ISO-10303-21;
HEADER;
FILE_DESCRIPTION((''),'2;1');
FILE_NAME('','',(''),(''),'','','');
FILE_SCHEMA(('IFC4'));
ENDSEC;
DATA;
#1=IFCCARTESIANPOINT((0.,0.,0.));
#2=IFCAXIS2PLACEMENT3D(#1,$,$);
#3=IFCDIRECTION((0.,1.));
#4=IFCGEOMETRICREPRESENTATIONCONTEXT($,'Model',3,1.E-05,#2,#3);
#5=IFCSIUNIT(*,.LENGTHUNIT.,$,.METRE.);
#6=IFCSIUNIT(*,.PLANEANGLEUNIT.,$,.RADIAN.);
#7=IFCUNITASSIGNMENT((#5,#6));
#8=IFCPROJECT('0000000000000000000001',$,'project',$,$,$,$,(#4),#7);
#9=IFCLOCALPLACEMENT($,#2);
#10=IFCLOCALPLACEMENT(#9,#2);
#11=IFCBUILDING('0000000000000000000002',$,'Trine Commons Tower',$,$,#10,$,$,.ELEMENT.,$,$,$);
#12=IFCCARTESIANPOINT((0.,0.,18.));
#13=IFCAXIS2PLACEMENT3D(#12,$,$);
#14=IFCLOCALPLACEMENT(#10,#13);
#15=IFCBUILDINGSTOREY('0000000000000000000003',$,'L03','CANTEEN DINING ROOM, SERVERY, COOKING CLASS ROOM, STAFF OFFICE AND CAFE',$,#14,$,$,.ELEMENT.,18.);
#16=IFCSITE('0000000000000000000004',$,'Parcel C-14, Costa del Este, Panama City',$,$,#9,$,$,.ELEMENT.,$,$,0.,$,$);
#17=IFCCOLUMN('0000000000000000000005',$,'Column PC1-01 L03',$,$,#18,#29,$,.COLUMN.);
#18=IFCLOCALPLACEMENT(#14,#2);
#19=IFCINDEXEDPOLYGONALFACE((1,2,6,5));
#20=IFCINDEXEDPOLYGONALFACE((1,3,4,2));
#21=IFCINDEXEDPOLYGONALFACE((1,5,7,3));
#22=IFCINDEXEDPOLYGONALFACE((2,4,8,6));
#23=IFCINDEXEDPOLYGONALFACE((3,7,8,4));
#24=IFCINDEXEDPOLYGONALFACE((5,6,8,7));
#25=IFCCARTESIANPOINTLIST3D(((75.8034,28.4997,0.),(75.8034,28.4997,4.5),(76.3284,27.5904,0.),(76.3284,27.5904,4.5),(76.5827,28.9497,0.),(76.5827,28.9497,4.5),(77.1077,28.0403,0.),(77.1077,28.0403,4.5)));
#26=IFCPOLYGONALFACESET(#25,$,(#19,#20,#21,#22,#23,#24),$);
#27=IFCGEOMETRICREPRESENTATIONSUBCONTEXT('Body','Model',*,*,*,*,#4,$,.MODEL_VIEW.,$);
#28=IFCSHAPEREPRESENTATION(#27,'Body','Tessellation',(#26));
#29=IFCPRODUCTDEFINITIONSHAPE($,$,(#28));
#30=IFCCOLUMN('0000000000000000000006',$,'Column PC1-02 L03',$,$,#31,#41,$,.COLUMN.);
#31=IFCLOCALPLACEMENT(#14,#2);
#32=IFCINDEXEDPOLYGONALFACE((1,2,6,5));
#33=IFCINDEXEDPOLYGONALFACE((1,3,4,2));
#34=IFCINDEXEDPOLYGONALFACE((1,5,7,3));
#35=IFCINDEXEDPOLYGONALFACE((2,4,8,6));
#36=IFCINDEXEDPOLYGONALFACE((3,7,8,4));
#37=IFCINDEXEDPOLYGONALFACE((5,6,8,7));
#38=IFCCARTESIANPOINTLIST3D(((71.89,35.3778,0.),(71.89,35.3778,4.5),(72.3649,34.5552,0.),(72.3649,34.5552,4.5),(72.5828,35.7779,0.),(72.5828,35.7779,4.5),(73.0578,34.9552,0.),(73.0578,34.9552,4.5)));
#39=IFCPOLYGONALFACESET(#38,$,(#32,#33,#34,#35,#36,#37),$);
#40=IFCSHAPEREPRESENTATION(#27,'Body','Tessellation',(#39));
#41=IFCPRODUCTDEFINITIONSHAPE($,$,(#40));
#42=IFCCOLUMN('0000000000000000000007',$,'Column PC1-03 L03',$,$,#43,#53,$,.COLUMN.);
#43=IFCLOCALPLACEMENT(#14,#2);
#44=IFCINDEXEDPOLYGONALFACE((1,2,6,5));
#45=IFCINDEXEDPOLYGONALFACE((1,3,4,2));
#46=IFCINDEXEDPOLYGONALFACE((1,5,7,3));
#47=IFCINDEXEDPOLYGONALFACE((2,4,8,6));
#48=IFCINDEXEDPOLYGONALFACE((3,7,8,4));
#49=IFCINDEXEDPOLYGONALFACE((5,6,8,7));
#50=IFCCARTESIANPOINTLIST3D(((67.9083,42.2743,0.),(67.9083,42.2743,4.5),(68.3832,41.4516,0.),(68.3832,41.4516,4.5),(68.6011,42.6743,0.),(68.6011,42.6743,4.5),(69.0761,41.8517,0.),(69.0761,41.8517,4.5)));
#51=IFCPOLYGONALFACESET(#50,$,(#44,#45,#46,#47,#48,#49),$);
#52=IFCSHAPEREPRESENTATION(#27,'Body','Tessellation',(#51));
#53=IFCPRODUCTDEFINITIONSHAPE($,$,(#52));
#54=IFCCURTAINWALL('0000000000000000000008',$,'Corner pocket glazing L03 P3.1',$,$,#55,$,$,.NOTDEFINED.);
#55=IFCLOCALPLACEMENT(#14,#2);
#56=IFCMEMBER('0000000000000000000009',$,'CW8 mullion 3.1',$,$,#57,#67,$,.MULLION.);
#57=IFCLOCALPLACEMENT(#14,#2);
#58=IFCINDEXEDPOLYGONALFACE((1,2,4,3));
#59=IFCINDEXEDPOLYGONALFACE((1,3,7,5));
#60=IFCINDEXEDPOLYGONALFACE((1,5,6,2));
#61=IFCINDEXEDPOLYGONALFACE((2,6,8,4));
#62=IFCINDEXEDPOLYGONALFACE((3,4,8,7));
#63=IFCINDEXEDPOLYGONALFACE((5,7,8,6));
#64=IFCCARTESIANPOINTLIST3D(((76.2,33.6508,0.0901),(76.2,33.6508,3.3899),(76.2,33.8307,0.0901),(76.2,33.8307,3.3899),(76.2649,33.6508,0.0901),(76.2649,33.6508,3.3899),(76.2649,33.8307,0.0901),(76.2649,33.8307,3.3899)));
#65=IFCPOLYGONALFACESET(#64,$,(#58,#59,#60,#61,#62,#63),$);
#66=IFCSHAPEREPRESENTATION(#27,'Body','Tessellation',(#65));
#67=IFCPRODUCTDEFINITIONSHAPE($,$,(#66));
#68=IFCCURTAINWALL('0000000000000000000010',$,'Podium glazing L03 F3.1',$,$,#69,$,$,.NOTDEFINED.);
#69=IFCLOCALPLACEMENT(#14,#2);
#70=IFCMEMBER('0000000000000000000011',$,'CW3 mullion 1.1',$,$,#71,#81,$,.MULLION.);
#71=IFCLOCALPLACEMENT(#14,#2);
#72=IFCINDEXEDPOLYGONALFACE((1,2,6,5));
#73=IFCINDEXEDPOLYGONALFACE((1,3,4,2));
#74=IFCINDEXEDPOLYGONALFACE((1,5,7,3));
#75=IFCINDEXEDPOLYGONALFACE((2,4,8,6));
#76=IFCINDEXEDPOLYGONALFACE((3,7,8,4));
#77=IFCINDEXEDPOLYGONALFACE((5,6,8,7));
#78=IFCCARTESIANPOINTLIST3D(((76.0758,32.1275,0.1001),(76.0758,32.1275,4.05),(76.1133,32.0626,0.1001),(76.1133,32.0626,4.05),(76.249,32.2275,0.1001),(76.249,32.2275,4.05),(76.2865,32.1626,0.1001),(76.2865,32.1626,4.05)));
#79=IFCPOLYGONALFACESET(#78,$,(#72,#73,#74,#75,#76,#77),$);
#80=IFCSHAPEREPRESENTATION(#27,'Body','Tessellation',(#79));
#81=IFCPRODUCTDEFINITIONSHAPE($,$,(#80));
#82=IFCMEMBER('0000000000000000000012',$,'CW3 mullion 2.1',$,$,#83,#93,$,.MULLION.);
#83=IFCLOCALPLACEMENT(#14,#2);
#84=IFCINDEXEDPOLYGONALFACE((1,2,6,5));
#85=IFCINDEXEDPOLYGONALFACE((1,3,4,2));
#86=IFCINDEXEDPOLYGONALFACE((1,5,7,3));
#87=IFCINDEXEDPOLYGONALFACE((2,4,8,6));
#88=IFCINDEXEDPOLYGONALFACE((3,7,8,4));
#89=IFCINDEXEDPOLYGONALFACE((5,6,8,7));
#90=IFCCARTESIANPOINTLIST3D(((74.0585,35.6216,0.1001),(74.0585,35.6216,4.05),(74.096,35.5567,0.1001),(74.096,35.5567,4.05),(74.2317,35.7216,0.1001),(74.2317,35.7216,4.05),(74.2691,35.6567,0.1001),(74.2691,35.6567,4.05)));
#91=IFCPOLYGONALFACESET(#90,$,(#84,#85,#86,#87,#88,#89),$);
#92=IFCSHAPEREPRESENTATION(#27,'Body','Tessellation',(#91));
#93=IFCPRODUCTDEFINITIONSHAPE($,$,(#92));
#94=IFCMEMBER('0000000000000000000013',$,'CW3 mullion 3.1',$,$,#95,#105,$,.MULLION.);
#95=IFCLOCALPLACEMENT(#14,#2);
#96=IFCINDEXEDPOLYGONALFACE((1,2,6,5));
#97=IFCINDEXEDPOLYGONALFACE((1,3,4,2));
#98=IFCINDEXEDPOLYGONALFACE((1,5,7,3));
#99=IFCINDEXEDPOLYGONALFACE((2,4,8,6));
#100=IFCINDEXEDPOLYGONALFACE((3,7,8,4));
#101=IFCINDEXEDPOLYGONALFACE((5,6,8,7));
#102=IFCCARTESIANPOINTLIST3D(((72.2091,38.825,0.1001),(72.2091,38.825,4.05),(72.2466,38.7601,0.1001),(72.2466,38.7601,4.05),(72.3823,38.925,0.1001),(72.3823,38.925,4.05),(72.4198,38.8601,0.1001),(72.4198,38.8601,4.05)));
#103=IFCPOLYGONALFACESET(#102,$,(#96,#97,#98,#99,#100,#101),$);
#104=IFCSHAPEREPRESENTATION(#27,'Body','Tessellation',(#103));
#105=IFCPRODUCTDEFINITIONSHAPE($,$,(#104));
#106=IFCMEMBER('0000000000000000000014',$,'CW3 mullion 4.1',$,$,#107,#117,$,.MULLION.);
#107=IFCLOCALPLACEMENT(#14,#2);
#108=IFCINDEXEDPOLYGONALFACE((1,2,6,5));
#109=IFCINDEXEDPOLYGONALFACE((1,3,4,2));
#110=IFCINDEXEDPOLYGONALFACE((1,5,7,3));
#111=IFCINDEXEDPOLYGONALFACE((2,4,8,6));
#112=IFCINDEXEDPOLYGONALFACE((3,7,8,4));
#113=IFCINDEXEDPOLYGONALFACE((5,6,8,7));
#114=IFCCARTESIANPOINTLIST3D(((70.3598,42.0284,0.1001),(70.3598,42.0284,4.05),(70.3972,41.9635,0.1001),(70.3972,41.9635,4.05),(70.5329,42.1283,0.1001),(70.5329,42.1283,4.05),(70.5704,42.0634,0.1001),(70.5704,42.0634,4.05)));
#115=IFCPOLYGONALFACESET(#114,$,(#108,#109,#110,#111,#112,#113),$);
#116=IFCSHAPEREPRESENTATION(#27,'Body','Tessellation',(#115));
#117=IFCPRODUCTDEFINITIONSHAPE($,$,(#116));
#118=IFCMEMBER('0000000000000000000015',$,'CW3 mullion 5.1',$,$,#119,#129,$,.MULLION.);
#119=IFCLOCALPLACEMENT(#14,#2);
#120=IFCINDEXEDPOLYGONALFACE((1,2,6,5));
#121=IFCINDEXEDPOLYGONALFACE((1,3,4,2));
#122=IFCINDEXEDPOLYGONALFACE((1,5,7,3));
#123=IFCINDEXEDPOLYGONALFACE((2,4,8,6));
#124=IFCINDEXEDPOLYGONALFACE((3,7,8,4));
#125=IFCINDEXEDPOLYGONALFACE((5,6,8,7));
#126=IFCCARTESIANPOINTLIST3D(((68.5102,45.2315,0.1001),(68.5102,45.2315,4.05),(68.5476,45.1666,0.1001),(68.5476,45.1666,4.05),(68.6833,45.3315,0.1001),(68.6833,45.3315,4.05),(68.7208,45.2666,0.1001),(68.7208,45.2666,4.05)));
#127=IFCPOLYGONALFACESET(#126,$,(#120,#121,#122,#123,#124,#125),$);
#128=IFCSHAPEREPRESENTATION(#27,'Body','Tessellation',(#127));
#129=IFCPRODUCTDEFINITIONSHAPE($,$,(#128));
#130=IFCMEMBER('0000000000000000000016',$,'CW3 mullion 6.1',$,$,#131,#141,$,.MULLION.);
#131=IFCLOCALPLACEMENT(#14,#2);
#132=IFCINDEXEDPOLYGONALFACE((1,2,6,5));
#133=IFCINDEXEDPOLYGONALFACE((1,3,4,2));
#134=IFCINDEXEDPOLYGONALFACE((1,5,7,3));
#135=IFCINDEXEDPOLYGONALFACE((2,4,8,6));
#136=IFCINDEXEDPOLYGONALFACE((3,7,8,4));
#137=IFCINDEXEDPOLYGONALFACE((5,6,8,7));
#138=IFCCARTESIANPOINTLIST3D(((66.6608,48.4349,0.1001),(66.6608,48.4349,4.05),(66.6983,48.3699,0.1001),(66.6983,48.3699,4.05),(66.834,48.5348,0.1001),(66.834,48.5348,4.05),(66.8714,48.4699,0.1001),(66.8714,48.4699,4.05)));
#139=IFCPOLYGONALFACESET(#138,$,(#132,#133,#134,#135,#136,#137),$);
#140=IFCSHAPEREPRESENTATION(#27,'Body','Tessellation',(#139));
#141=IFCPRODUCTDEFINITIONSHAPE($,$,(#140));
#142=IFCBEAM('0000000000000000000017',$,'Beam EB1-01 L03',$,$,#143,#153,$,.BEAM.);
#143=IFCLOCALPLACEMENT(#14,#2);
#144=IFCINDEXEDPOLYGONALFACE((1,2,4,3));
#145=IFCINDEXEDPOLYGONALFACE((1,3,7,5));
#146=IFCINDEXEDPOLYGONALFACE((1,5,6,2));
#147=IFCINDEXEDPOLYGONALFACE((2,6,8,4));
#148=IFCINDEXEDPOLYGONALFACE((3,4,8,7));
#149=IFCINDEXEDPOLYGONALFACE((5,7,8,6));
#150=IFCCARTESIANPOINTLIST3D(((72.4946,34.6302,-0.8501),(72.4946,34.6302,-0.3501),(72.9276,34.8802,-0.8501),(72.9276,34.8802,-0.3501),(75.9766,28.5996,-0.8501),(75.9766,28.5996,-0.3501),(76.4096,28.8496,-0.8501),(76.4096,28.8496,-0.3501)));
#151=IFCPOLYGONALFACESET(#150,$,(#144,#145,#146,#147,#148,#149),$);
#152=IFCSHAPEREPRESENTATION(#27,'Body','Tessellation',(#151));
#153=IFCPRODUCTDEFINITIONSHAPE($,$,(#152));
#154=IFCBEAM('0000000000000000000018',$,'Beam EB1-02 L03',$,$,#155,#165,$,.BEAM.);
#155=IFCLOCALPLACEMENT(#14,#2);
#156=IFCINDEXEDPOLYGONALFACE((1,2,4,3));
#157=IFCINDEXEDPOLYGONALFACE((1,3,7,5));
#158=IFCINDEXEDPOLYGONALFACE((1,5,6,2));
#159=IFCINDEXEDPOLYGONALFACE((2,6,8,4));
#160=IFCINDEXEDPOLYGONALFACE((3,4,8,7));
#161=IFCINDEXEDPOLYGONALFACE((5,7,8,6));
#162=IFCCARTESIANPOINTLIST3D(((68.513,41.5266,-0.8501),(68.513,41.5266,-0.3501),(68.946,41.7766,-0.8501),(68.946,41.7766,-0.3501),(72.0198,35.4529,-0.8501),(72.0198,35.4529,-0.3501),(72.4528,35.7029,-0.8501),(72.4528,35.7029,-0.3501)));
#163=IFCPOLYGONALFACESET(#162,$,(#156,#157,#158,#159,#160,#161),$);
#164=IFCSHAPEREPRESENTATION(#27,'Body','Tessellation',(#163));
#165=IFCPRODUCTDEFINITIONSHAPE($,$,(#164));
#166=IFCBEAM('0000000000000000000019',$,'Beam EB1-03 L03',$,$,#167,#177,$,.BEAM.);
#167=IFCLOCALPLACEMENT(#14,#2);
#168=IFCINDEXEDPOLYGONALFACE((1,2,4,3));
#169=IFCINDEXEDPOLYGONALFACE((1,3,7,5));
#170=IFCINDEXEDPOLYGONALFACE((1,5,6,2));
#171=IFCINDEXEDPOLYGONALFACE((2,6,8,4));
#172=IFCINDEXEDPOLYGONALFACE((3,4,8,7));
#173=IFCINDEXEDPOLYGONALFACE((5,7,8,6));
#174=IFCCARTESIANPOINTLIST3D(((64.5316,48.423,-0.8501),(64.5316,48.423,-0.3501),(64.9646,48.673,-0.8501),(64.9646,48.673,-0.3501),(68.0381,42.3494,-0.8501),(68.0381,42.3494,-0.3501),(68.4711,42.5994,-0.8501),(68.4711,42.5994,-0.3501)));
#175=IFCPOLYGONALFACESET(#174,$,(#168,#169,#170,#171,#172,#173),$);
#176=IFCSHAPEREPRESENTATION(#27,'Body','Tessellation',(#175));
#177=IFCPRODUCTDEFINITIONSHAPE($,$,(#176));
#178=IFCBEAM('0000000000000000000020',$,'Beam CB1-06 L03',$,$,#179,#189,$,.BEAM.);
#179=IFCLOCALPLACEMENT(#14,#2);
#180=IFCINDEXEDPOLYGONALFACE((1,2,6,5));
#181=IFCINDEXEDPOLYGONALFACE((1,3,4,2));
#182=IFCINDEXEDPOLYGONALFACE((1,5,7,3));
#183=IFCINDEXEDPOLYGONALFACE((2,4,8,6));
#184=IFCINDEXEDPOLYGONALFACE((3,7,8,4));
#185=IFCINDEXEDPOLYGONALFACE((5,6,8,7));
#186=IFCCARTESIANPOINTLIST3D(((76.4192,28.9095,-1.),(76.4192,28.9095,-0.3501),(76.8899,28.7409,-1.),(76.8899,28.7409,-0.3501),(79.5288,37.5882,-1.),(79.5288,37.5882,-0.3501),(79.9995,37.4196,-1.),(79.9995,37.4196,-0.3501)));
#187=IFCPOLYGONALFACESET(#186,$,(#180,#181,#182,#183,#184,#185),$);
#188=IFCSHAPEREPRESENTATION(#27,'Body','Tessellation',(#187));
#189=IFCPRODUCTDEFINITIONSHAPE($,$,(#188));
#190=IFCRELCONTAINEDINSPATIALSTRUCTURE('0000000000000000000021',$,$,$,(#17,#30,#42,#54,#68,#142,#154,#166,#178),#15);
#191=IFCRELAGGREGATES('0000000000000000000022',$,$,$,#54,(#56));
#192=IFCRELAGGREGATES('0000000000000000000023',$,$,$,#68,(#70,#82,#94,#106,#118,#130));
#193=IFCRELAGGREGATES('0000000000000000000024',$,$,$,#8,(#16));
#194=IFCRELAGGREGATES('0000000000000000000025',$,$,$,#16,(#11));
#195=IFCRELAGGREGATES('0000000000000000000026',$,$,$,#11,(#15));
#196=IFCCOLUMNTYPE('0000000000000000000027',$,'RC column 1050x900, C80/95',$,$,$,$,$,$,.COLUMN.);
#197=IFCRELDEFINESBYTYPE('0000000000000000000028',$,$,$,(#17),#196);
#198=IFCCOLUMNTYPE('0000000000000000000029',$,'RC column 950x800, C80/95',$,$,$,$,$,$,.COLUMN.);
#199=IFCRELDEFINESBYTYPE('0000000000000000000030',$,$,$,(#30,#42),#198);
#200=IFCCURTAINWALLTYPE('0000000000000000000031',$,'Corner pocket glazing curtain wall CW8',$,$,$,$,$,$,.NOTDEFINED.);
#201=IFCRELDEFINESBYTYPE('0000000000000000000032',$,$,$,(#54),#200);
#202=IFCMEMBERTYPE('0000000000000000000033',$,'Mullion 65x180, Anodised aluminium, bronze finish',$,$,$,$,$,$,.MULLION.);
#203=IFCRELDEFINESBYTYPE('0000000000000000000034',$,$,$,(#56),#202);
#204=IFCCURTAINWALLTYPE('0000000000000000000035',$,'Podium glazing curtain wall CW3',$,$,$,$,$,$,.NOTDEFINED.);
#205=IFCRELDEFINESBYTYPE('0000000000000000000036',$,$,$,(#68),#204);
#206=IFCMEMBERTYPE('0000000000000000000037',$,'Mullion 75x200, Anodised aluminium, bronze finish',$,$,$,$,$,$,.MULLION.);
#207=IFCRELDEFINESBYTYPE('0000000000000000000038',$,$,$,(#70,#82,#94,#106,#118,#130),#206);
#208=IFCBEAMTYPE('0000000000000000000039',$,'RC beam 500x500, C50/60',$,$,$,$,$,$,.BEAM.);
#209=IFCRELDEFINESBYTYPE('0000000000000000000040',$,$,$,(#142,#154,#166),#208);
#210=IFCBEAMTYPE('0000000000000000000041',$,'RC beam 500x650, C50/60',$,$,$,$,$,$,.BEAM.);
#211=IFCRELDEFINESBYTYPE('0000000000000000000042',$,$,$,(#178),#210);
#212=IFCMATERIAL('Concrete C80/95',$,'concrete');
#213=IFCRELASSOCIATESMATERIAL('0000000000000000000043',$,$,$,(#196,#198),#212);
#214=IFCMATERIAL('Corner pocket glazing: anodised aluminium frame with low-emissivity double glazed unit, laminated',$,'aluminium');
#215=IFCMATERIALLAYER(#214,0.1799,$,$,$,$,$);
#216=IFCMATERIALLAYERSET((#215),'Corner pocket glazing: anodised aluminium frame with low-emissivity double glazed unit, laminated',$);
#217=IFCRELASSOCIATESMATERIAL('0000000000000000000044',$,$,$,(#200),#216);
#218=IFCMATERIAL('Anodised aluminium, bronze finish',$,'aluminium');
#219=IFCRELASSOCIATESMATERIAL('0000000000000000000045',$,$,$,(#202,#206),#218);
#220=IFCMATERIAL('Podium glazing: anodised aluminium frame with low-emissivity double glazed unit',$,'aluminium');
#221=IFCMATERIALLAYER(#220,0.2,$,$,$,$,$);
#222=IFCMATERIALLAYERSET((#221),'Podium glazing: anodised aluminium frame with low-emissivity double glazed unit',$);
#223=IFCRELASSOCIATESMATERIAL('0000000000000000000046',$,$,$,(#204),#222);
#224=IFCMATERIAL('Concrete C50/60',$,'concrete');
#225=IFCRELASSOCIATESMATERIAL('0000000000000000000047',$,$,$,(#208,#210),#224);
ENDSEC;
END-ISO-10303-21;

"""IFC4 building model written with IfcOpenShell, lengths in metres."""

from ifc_helpers import new_model, si_unit, direction, frame, origin, origin_2d, place, context, subcontext, project, spatial, rectangle, extrude, material, layer, layer_set, material_profile, profile_set, type_object, element, aggregate, save


model = new_model("IFC4")

# Units and contexts
model_context = context("Model", 3, precision=1e-05, world=origin(), true_north=direction((0.0, 1.0)))
body_context = subcontext(model_context, "Body", "Model", "MODEL_VIEW")
ifc_project = project(units=[si_unit("LENGTHUNIT", "METRE"), si_unit("PLANEANGLEUNIT", "RADIAN")], contexts=[model_context])

# Site, building, storey
site_placement = place(None, origin())
site = spatial("IfcSite", under=ifc_project, at=site_placement, Name="Parcel C-14, Costa del Este, Panama City", CompositionType="ELEMENT", RefElevation=0.0)
building_placement = place(site_placement, origin())
building = spatial("IfcBuilding", under=site, at=building_placement, Name="Trine Commons Tower", CompositionType="ELEMENT")
storey_placement = place(building_placement, frame((0.0, 0.0, 18.0)))
storey = spatial("IfcBuildingStorey", under=building, at=storey_placement, Name="L03", Description="CANTEEN DINING ROOM, SERVERY, COOKING CLASS ROOM, STAFF OFFICE AND CAFE", CompositionType="ELEMENT", Elevation=18.0)

# Columns
ifc_material_1 = material(Name="Concrete C80/95", Category="concrete")
ifc_material_profile_1 = material_profile(ifc_material_1, rectangle(XDim=1.05, YDim=0.8999, at=origin_2d()), Name="RC 1050x900")
ifc_profile_set_1 = profile_set([ifc_material_profile_1], Name="Concrete C80/95")
column_type_1 = type_object("IfcColumnType", Name="RC column 1050x900, C80/95", PredefinedType="COLUMN", material=ifc_profile_set_1)
column_placement = place(storey_placement, frame((76.4556, 28.27, 0.0), z_axis=(0.0, 0.0, 1.0), x_axis=(-0.5, 0.866025, 0.0)))
element("IfcColumn", 1, at=column_placement, inside=storey, type_object=column_type_1, Name="Column PC1-01 L03", PredefinedType="COLUMN", context=body_context, shape_type="SweptSolid", body=[
    extrude(rectangle(XDim=1.05, YDim=0.8999, at=origin_2d()), origin(), (0.0, 0.0, 1.0), 4.5),
])
ifc_material_profile_2 = material_profile(ifc_material_1, rectangle(XDim=0.95, YDim=0.8, at=origin_2d()), Name="RC 950x800")
ifc_profile_set_2 = profile_set([ifc_material_profile_2], Name="Concrete C80/95")
column_type_2 = type_object("IfcColumnType", Name="RC column 950x800, C80/95", PredefinedType="COLUMN", material=ifc_profile_set_2)
for number, where, z_axis, x_axis, name in (
    (2, (72.4739, 35.1665, 0.0), (0.0, 0.0, 1.0), (-0.5, 0.866025, 0.0), "Column PC1-02 L03"),
    (3, (68.4922, 42.063, 0.0), (0.0, 0.0, 1.0), (-0.5, 0.866025, 0.0), "Column PC1-03 L03"),
):
    element("IfcColumn", number, at=place(storey_placement, frame(where, z_axis=z_axis, x_axis=x_axis)), inside=storey, type_object=column_type_2, Name=name, PredefinedType="COLUMN", context=body_context, shape_type="SweptSolid", body=[
        extrude(rectangle(XDim=0.95, YDim=0.8, at=origin_2d()), origin(), (0.0, 0.0, 1.0), 4.5),
    ])

# Curtain wall, member
ifc_material_2 = material(Name="Corner pocket glazing: anodised aluminium frame with low-emissivity double glazed unit, laminated", Category="aluminium")
ifc_layer_1 = layer(ifc_material_2, 0.1799)
ifc_layer_set_1 = layer_set([ifc_layer_1], Name="Corner pocket glazing: anodised aluminium frame with low-emissivity double glazed unit, laminated")
curtain_wall_type_1 = type_object("IfcCurtainWallType", Name="Corner pocket glazing curtain wall CW8", PredefinedType="NOTDEFINED", material=ifc_layer_set_1)
curtain_wall_1_placement = place(storey_placement, origin())
curtain_wall_1 = element("IfcCurtainWall", 4, at=curtain_wall_1_placement, inside=storey, type_object=curtain_wall_type_1, Name="Corner pocket glazing L03 P3.1", PredefinedType="NOTDEFINED")
ifc_material_3 = material(Name="Anodised aluminium, bronze finish", Category="aluminium")
ifc_material_profile_3 = material_profile(ifc_material_3, rectangle(XDim=0.1799, YDim=0.0649, at=origin_2d()), Name="Mullion 65x180")
ifc_profile_set_3 = profile_set([ifc_material_profile_3], Name="Anodised aluminium, bronze finish")
member_type_1 = type_object("IfcMemberType", Name="Mullion 65x180, Anodised aluminium, bronze finish", PredefinedType="MULLION", material=ifc_profile_set_3)
member_1_placement = place(storey_placement, frame((76.2324, 33.7407, 0.0901), z_axis=(0.0, 0.0, 1.0), x_axis=(0.0, -1.0, 0.0)))
member_1 = element("IfcMember", 5, at=member_1_placement, type_object=member_type_1, Name="CW8 mullion 3.1", PredefinedType="MULLION", context=body_context, shape_type="SweptSolid", body=[
    extrude(rectangle(XDim=0.1799, YDim=0.0649, at=origin_2d()), origin(), (0.0, 0.0, 1.0), 3.2998),
])
aggregate(curtain_wall_1, [member_1])

# Curtain wall, members
ifc_material_4 = material(Name="Podium glazing: anodised aluminium frame with low-emissivity double glazed unit", Category="aluminium")
ifc_layer_2 = layer(ifc_material_4, 0.2)
ifc_layer_set_2 = layer_set([ifc_layer_2], Name="Podium glazing: anodised aluminium frame with low-emissivity double glazed unit")
curtain_wall_type_2 = type_object("IfcCurtainWallType", Name="Podium glazing curtain wall CW3", PredefinedType="NOTDEFINED", material=ifc_layer_set_2)
curtain_wall_2_placement = place(storey_placement, origin())
curtain_wall_2 = element("IfcCurtainWall", 6, at=curtain_wall_2_placement, inside=storey, type_object=curtain_wall_type_2, Name="Podium glazing L03 F3.1", PredefinedType="NOTDEFINED")
ifc_material_profile_4 = material_profile(ifc_material_3, rectangle(XDim=0.2, YDim=0.075, at=origin_2d()), Name="Mullion 75x200")
ifc_profile_set_4 = profile_set([ifc_material_profile_4], Name="Anodised aluminium, bronze finish")
member_type_2 = type_object("IfcMemberType", Name="Mullion 75x200, Anodised aluminium, bronze finish", PredefinedType="MULLION", material=ifc_profile_set_4)
member_2_placement = place(storey_placement, frame((76.1812, 32.145, 0.1001), z_axis=(0.0, 0.0, 1.0), x_axis=(-0.866025, -0.5, 0.0)))
member_2 = element("IfcMember", 7, at=member_2_placement, type_object=member_type_2, Name="CW3 mullion 1.1", PredefinedType="MULLION", context=body_context, shape_type="SweptSolid", body=[
    extrude(rectangle(XDim=0.2, YDim=0.075, at=origin_2d()), origin(), (0.0, 0.0, 1.0), 3.95),
])
member_3_placement = place(storey_placement, frame((74.1638, 35.6392, 0.1001), z_axis=(0.0, 0.0, 1.0), x_axis=(-0.866025, -0.5, 0.0)))
member_3 = element("IfcMember", 8, at=member_3_placement, type_object=member_type_2, Name="CW3 mullion 2.1", PredefinedType="MULLION", context=body_context, shape_type="SweptSolid", body=[
    extrude(rectangle(XDim=0.2, YDim=0.075, at=origin_2d()), origin(), (0.0, 0.0, 1.0), 3.95),
])
member_4_placement = place(storey_placement, frame((72.3145, 38.8425, 0.1001), z_axis=(0.0, 0.0, 1.0), x_axis=(-0.866025, -0.5, 0.0)))
member_4 = element("IfcMember", 9, at=member_4_placement, type_object=member_type_2, Name="CW3 mullion 3.1", PredefinedType="MULLION", context=body_context, shape_type="SweptSolid", body=[
    extrude(rectangle(XDim=0.2, YDim=0.075, at=origin_2d()), origin(), (0.0, 0.0, 1.0), 3.95),
])
member_5_placement = place(storey_placement, frame((70.4651, 42.0459, 0.1001), z_axis=(0.0, 0.0, 1.0), x_axis=(-0.866025, -0.5, 0.0)))
member_5 = element("IfcMember", 10, at=member_5_placement, type_object=member_type_2, Name="CW3 mullion 4.1", PredefinedType="MULLION", context=body_context, shape_type="SweptSolid", body=[
    extrude(rectangle(XDim=0.2, YDim=0.075, at=origin_2d()), origin(), (0.0, 0.0, 1.0), 3.95),
])
member_6_placement = place(storey_placement, frame((68.6155, 45.249, 0.1001), z_axis=(0.0, 0.0, 1.0), x_axis=(-0.866025, -0.5, 0.0)))
member_6 = element("IfcMember", 11, at=member_6_placement, type_object=member_type_2, Name="CW3 mullion 5.1", PredefinedType="MULLION", context=body_context, shape_type="SweptSolid", body=[
    extrude(rectangle(XDim=0.2, YDim=0.075, at=origin_2d()), origin(), (0.0, 0.0, 1.0), 3.95),
])
member_7_placement = place(storey_placement, frame((66.7661, 48.4524, 0.1001), z_axis=(0.0, 0.0, 1.0), x_axis=(-0.866025, -0.5, 0.0)))
member_7 = element("IfcMember", 12, at=member_7_placement, type_object=member_type_2, Name="CW3 mullion 6.1", PredefinedType="MULLION", context=body_context, shape_type="SweptSolid", body=[
    extrude(rectangle(XDim=0.2, YDim=0.075, at=origin_2d()), origin(), (0.0, 0.0, 1.0), 3.95),
])

# Beams
ifc_material_5 = material(Name="Concrete C50/60", Category="concrete")
ifc_material_profile_5 = material_profile(ifc_material_5, rectangle(XDim=0.5, YDim=0.5, at=origin_2d()), Name="RC 500x500")
ifc_profile_set_5 = profile_set([ifc_material_profile_5], Name="Concrete C50/60")
beam_type_1 = type_object("IfcBeamType", Name="RC beam 500x500, C50/60", PredefinedType="BEAM", material=ifc_profile_set_5)
beam_1_placement = place(storey_placement, frame((76.1931, 28.7246, -0.6001), z_axis=(-0.500023, 0.866012, 0.0), x_axis=(-0.866012, -0.500023, 0.0)))
element("IfcBeam", 13, at=beam_1_placement, inside=storey, type_object=beam_type_1, Name="Beam EB1-01 L03", PredefinedType="BEAM", context=body_context, shape_type="SweptSolid", body=[
    extrude(rectangle(XDim=0.5, YDim=0.5, at=origin_2d()), origin(), (0.0, 0.0, 1.0), 6.9636),
])
beam_2_placement = place(storey_placement, frame((72.2363, 35.5779, -0.6001), z_axis=(-0.500018, 0.866015, 0.0), x_axis=(-0.866015, -0.500018, 0.0)))
element("IfcBeam", 14, at=beam_2_placement, inside=storey, type_object=beam_type_1, Name="Beam EB1-02 L03", PredefinedType="BEAM", context=body_context, shape_type="SweptSolid", body=[
    extrude(rectangle(XDim=0.5, YDim=0.5, at=origin_2d()), origin(), (0.0, 0.0, 1.0), 7.0134),
])
beam_3_placement = place(storey_placement, frame((68.2546, 42.4744, -0.6001), z_axis=(-0.499992, 0.86603, 0.0), x_axis=(-0.86603, -0.499992, 0.0)))
element("IfcBeam", 15, at=beam_3_placement, inside=storey, type_object=beam_type_1, Name="Beam EB1-03 L03", PredefinedType="BEAM", context=body_context, shape_type="SweptSolid", body=[
    extrude(rectangle(XDim=0.5, YDim=0.5, at=origin_2d()), origin(), (0.0, 0.0, 1.0), 7.0132),
])
ifc_material_profile_6 = material_profile(ifc_material_5, rectangle(XDim=0.5, YDim=0.6499, at=origin_2d()), Name="RC 500x650")
ifc_profile_set_6 = profile_set([ifc_material_profile_6], Name="Concrete C50/60")
beam_type_2 = type_object("IfcBeamType", Name="RC beam 500x650, C50/60", PredefinedType="BEAM", material=ifc_profile_set_6)
beam_4_placement = place(storey_placement, frame((76.6545, 28.8252, -0.675), z_axis=(0.337306, 0.941395, 0.0), x_axis=(-0.941395, 0.337306, 0.0)))
element("IfcBeam", 16, at=beam_4_placement, inside=storey, type_object=beam_type_2, Name="Beam CB1-06 L03", PredefinedType="BEAM", context=body_context, shape_type="SweptSolid", body=[
    extrude(rectangle(XDim=0.5, YDim=0.6499, at=origin_2d()), origin(), (0.0, 0.0, 1.0), 9.219),
])

aggregate(curtain_wall_2, [member_2, member_3, member_4, member_5, member_6, member_7])

save(model, "model.ifc")
